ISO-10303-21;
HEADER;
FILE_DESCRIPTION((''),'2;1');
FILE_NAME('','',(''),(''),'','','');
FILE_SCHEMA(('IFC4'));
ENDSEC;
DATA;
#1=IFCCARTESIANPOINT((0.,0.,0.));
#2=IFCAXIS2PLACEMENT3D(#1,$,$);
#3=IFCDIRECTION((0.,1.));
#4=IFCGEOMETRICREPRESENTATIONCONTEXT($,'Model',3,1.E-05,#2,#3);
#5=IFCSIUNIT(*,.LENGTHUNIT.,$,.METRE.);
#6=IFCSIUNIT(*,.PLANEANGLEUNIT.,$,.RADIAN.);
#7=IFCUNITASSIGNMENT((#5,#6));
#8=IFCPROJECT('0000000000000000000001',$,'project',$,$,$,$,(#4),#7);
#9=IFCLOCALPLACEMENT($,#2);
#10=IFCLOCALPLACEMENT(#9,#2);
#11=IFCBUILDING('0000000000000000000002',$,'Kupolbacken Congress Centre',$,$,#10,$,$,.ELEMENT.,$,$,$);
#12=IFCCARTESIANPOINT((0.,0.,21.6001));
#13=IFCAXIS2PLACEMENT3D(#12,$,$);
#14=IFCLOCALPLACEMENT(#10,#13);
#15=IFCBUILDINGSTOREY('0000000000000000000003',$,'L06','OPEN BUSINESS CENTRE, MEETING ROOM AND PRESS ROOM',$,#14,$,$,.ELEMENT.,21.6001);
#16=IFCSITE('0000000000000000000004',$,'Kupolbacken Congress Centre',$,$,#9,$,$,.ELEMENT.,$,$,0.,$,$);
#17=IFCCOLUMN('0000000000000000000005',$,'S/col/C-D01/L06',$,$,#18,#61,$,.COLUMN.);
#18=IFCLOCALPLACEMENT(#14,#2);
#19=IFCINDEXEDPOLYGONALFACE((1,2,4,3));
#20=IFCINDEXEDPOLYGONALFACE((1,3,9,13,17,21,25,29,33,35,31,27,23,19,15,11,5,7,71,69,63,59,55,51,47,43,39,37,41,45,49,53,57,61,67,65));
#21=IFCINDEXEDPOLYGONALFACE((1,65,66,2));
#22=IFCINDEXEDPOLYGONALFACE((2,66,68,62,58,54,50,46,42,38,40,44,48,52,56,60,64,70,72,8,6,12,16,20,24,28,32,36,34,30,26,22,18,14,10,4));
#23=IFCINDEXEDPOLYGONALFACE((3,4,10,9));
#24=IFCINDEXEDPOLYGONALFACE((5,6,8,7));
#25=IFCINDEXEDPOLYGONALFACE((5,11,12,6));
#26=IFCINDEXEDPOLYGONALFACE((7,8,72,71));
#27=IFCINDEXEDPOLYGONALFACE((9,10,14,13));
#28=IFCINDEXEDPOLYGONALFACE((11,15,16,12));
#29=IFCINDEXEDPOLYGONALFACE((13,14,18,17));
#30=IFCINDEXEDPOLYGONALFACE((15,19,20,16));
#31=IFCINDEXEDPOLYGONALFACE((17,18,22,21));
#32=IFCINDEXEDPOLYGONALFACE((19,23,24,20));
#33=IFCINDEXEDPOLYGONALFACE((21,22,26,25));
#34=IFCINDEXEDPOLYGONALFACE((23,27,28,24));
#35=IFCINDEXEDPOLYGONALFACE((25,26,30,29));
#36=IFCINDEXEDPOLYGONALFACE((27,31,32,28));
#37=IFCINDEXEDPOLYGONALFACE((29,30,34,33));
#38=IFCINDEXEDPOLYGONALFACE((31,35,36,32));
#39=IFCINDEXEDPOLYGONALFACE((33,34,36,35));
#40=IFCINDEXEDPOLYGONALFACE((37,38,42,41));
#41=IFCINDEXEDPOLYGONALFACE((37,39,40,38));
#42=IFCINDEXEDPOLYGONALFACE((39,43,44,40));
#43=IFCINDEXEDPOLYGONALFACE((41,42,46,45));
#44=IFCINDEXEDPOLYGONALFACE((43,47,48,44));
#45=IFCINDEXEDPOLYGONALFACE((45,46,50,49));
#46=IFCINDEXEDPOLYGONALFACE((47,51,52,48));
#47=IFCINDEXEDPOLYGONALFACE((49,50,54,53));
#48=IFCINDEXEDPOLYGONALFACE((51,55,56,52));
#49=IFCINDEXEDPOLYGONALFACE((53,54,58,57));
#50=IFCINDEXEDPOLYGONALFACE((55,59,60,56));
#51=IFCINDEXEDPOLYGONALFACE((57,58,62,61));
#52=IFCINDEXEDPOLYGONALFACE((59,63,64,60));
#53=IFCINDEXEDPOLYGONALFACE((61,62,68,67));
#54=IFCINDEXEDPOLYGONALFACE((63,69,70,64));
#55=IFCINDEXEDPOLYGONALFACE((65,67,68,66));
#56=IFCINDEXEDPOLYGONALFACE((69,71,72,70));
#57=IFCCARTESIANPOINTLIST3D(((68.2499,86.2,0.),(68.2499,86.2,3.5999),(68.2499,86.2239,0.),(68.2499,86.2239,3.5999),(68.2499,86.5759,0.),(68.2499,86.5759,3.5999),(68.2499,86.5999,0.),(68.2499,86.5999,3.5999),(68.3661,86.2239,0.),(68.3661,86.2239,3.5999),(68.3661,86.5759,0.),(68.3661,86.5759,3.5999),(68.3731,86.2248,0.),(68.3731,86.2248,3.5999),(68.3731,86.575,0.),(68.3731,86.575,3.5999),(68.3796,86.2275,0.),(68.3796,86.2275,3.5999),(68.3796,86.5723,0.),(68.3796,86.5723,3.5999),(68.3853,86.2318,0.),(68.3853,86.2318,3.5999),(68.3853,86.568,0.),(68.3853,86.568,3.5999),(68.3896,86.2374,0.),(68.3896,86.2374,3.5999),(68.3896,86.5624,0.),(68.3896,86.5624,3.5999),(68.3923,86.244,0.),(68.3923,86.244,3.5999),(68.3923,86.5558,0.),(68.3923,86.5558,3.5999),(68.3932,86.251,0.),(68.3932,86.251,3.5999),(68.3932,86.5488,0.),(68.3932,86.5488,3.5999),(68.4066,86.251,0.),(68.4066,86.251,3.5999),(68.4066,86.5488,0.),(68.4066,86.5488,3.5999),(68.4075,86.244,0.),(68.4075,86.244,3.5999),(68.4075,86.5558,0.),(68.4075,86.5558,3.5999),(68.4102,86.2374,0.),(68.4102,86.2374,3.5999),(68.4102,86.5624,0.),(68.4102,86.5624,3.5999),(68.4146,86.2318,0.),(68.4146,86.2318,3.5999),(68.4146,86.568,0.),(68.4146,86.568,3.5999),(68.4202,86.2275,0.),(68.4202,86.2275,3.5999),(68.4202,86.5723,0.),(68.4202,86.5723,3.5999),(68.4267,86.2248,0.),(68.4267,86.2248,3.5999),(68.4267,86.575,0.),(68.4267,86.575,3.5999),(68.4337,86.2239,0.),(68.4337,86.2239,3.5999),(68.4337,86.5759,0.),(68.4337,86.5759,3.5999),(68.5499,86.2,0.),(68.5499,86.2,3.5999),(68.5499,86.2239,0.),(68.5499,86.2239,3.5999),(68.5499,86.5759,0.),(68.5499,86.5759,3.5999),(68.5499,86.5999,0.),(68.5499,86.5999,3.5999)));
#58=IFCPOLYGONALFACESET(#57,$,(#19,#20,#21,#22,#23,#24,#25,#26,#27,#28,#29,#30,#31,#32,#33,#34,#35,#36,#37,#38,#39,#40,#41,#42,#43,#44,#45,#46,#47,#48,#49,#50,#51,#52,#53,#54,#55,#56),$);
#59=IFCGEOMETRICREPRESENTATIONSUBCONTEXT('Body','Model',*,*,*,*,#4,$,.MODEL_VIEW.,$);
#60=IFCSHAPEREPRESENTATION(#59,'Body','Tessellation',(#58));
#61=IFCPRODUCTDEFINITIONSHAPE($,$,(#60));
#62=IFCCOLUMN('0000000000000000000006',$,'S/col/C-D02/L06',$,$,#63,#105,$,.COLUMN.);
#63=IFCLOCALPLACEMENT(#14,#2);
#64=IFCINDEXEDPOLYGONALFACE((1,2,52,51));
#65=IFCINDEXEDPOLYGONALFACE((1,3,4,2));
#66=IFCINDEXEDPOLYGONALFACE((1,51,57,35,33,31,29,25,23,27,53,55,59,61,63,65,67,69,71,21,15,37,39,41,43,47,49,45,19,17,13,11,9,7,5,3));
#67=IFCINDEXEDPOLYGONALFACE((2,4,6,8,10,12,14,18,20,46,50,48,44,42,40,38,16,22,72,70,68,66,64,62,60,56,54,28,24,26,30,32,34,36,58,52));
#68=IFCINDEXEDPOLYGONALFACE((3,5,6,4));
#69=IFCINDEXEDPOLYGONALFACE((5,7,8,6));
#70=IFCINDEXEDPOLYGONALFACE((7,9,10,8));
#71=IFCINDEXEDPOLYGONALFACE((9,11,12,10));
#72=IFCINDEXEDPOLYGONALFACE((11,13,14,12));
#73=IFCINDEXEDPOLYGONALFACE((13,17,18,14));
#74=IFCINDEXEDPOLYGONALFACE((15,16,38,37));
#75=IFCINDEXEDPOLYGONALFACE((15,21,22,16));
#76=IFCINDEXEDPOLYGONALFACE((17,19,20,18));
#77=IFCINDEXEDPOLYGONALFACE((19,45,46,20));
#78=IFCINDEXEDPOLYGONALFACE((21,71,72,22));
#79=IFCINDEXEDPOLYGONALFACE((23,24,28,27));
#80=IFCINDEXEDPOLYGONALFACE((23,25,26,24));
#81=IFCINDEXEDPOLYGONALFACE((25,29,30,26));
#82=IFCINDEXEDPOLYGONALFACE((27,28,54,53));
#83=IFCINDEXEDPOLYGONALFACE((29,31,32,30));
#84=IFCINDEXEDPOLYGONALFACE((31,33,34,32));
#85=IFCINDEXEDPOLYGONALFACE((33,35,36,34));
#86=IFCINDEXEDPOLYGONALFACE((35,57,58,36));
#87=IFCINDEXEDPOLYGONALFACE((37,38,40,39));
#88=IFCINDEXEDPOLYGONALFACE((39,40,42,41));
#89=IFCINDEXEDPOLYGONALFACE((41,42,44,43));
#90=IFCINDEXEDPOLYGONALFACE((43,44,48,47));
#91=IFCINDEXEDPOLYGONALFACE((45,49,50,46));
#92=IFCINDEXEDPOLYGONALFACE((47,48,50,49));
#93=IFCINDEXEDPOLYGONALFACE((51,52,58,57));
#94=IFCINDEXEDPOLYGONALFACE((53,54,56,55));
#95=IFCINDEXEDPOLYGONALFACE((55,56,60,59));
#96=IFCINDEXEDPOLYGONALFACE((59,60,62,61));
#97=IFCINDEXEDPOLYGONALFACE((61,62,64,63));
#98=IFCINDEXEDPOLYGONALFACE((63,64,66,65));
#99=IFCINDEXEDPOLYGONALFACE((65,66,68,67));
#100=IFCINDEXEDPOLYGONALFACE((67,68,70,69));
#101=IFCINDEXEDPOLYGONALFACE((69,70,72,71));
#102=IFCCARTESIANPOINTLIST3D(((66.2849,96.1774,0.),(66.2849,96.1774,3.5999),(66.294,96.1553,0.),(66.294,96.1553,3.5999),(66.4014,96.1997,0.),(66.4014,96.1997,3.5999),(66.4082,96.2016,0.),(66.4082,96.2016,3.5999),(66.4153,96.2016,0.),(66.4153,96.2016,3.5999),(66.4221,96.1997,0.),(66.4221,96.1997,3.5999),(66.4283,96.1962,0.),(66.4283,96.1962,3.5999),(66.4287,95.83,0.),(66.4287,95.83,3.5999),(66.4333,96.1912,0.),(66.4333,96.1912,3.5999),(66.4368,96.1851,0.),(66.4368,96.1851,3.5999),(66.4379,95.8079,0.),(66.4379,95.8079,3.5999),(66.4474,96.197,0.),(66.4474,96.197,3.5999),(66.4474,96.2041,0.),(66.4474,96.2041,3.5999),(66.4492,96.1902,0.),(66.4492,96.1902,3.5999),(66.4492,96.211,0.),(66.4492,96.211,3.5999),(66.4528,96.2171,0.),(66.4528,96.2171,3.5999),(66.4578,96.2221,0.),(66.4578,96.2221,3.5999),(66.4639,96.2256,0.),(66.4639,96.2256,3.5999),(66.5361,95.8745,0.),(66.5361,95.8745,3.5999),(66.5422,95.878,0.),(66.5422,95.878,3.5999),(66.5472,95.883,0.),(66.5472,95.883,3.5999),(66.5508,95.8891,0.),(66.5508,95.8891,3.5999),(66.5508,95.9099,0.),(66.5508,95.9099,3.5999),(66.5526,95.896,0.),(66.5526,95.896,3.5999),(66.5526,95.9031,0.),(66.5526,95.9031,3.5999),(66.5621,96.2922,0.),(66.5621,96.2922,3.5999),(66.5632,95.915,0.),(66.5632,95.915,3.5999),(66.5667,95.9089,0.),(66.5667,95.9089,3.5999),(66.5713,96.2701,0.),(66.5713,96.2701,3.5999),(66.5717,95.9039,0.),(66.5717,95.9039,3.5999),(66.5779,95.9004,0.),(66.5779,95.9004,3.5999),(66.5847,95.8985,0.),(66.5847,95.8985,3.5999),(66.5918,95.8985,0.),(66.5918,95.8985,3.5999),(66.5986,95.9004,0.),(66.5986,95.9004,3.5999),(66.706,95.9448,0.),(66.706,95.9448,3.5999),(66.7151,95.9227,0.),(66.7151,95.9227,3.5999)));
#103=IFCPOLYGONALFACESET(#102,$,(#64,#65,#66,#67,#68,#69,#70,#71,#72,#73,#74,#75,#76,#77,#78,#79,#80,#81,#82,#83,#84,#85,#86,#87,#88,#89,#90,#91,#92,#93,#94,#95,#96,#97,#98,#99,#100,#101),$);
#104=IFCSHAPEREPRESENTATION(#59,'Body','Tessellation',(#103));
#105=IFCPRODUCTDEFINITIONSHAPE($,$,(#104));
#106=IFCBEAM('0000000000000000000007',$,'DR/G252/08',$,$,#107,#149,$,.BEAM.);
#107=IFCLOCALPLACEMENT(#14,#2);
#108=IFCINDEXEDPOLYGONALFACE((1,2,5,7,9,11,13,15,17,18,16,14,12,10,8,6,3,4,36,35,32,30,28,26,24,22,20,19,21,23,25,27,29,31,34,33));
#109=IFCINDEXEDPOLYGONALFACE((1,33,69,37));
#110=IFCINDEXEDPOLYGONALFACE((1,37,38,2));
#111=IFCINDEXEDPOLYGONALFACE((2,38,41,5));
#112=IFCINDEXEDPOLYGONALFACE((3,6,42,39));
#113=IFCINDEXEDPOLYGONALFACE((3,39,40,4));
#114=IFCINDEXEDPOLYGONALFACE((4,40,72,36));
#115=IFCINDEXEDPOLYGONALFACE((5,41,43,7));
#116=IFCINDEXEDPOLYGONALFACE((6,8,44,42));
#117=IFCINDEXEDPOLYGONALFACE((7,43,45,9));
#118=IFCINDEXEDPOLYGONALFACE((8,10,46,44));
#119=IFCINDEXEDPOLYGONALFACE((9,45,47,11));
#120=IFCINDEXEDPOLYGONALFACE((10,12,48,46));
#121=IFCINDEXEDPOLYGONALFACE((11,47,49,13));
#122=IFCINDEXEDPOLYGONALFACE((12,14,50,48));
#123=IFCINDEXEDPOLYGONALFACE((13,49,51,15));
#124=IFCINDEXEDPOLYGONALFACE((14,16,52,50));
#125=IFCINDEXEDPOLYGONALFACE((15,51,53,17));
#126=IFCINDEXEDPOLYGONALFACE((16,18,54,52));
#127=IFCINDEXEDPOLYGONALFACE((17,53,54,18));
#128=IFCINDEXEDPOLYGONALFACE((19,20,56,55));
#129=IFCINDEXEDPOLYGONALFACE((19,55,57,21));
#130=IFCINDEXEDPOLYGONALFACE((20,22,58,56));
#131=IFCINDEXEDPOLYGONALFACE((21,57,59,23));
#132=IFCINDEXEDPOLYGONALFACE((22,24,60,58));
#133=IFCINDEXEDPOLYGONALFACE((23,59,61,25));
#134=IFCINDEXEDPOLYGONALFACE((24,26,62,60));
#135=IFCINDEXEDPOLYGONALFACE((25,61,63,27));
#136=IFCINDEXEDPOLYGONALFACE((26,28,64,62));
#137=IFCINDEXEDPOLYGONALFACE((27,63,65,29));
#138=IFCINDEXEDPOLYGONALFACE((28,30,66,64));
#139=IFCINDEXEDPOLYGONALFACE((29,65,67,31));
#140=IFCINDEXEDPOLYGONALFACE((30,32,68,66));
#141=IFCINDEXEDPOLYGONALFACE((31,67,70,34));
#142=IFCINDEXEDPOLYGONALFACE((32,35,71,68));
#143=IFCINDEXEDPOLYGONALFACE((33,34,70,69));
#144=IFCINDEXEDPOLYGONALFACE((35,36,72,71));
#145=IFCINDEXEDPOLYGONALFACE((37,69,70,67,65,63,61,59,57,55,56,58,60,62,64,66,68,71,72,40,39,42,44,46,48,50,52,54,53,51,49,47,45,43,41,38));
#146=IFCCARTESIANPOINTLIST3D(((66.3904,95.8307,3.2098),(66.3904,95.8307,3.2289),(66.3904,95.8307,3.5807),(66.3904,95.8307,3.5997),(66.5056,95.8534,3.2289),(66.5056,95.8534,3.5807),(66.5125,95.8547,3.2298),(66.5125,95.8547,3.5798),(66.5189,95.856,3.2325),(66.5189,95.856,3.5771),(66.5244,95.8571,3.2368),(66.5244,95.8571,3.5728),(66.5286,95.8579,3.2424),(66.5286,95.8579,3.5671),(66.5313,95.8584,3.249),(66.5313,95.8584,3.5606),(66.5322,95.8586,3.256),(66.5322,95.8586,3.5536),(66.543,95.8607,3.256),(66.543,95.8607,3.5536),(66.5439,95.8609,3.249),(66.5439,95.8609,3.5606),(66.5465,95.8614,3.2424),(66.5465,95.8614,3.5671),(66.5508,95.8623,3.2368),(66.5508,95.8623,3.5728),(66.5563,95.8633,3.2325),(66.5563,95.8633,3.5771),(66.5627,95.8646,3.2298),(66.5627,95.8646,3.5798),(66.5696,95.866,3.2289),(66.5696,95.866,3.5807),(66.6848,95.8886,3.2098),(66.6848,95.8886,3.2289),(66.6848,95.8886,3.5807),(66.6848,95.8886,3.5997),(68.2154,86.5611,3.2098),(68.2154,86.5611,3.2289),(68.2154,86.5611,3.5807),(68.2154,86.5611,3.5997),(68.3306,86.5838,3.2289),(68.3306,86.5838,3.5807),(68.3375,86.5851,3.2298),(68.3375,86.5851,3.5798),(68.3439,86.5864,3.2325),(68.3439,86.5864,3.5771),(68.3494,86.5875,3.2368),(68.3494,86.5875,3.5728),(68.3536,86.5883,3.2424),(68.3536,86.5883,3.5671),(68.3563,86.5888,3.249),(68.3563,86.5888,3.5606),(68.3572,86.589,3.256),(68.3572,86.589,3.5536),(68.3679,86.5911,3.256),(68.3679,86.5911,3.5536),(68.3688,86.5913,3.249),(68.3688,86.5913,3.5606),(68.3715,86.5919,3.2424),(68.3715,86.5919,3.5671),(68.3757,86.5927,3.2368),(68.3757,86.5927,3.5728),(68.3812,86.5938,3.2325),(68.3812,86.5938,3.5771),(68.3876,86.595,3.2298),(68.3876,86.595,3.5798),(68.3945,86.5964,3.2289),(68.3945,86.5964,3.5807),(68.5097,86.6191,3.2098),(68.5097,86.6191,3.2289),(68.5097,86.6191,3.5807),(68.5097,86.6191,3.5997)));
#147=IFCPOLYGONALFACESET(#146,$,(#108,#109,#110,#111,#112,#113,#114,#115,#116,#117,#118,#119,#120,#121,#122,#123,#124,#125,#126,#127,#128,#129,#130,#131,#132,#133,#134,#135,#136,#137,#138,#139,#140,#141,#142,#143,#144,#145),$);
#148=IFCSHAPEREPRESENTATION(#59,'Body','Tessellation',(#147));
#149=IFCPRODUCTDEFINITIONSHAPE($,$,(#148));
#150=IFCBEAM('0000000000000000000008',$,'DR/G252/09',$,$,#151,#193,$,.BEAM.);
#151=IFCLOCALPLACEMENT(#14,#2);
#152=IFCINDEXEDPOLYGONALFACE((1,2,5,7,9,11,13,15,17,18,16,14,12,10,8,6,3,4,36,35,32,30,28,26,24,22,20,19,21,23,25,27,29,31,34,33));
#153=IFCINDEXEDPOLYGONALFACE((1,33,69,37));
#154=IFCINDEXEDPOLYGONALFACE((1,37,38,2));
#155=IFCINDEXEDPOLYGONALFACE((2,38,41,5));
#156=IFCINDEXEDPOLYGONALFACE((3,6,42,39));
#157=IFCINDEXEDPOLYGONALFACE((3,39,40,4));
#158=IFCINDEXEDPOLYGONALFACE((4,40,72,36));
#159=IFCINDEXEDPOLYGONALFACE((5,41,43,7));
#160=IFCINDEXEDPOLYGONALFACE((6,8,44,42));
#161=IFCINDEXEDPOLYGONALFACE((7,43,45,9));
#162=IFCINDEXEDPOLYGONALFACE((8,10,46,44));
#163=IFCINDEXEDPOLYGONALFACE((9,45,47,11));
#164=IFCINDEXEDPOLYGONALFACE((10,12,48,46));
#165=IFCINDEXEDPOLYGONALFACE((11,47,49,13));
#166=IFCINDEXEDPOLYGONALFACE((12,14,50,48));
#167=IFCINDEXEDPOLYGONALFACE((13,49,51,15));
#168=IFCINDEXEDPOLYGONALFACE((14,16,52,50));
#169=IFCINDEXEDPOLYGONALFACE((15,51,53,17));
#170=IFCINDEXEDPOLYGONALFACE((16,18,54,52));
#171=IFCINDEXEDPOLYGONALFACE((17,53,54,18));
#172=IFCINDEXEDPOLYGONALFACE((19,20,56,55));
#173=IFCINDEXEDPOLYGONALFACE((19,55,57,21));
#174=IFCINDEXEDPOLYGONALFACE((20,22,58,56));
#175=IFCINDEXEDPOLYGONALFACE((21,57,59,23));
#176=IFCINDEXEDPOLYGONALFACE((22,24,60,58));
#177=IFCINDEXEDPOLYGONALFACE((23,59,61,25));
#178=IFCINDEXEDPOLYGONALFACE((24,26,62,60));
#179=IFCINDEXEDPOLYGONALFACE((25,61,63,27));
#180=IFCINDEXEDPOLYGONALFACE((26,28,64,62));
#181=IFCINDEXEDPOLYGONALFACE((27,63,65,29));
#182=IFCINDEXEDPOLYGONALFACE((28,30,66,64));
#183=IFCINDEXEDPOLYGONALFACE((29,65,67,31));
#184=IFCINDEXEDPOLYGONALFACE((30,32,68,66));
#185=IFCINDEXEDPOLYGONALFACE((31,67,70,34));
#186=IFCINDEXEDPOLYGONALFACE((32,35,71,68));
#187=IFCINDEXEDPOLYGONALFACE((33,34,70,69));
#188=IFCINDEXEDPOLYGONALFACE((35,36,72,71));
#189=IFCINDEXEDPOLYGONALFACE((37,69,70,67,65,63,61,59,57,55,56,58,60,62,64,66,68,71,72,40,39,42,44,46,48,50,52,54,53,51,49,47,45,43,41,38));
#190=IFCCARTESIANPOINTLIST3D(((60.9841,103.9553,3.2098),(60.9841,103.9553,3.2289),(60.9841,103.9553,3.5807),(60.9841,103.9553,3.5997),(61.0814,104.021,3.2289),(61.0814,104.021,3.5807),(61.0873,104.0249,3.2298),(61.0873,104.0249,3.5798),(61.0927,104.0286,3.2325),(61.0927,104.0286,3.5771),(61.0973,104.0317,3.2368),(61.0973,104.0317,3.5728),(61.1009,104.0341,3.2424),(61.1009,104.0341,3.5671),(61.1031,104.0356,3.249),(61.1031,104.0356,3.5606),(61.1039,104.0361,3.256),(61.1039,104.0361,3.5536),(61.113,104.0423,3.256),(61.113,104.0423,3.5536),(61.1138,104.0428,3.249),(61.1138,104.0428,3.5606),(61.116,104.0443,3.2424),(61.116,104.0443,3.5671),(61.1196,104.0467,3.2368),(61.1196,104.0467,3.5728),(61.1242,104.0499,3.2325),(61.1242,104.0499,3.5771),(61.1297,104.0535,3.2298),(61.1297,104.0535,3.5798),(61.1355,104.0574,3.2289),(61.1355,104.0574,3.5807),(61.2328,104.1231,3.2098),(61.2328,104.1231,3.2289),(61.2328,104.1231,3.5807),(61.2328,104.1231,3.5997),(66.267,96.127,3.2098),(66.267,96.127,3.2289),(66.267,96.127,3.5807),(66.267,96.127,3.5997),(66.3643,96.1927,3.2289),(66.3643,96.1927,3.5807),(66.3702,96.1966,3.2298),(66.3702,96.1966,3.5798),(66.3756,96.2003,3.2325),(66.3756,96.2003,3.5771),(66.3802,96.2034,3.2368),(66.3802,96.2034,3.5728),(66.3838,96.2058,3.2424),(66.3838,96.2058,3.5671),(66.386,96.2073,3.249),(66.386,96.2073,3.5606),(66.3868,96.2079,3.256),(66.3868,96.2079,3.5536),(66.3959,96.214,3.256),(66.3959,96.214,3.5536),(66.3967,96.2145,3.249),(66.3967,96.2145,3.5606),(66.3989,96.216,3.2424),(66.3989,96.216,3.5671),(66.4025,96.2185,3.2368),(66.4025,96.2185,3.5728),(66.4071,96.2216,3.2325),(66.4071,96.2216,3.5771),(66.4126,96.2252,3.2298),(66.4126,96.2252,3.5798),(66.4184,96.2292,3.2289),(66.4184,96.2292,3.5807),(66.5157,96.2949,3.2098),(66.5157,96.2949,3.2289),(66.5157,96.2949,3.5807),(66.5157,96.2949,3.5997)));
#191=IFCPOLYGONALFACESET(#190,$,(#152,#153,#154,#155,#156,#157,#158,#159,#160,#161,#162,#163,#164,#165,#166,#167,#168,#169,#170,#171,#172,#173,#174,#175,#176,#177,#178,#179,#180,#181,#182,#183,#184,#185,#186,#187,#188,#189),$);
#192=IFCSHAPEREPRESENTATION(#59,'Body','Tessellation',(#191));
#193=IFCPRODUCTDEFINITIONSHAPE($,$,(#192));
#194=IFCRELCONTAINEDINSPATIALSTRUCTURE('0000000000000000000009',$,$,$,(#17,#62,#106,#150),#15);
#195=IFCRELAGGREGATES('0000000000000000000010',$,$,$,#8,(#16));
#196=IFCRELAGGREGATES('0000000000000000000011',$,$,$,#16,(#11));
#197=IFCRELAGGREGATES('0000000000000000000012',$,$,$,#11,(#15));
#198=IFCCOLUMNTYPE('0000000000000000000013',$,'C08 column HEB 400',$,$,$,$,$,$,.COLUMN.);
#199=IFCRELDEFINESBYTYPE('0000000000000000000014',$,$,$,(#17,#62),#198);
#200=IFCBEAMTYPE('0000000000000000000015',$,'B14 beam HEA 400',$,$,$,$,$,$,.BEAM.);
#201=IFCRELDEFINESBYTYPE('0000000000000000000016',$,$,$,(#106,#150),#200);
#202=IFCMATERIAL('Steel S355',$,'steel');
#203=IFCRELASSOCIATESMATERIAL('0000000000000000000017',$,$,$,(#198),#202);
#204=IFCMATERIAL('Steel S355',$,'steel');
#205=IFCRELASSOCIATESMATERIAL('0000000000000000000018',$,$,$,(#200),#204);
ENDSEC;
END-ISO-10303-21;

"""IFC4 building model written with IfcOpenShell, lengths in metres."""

from ifc_helpers import new_model, si_unit, direction, frame, origin, origin_2d, place, context, subcontext, project, spatial, i_section, extrude, material, material_profile, profile_set, type_object, element, save


model = new_model("IFC4")

# Units and contexts
model_context = context("Model", 3, precision=1e-05, world=origin(), true_north=direction((0.0, 1.0)))
body_context = subcontext(model_context, "Body", "Model", "MODEL_VIEW")
ifc_project = project(units=[si_unit("LENGTHUNIT", "METRE"), si_unit("PLANEANGLEUNIT", "RADIAN")], contexts=[model_context])

# Site, building, storey
site_placement = place(None, origin())
site = spatial("IfcSite", under=ifc_project, at=site_placement, Name="Kupolbacken Congress Centre", CompositionType="ELEMENT", RefElevation=0.0)
building_placement = place(site_placement, origin())
building = spatial("IfcBuilding", under=site, at=building_placement, Name="Kupolbacken Congress Centre", CompositionType="ELEMENT")
storey_placement = place(building_placement, frame((0.0, 0.0, 21.6001)))
storey = spatial("IfcBuildingStorey", under=building, at=storey_placement, Name="L06", Description="OPEN BUSINESS CENTRE, MEETING ROOM AND PRESS ROOM", CompositionType="ELEMENT", Elevation=21.6001)

# Columns
ifc_material_1 = material(Name="Steel S355", Category="steel")
ifc_material_profile_1 = material_profile(ifc_material_1, i_section(OverallWidth=0.3, OverallDepth=0.3999, WebThickness=0.0134, FlangeThickness=0.0239, FilletRadius=0.0271, at=origin_2d()), Name="HEB 400")
ifc_profile_set_1 = profile_set([ifc_material_profile_1], Name="Steel S355")
column_type = type_object("IfcColumnType", Name="C08 column HEB 400", PredefinedType="COLUMN", material=ifc_profile_set_1)
for number, where, z_axis, x_axis, name in (
    (1, (68.3999, 86.3999, 0.0), (0.0, 0.0, 1.0), (1.0, 0.0, 0.0), "S/col/C-D01/L06"),
    (2, (66.5, 96.05, 0.0), (0.0, 0.0, 1.0), (0.923896, 0.382644, 0.0), "S/col/C-D02/L06"),
):
    element("IfcColumn", number, at=place(storey_placement, frame(where, z_axis=z_axis, x_axis=x_axis)), inside=storey, type_object=column_type, Name=name, PredefinedType="COLUMN", context=body_context, shape_type="SweptSolid", body=[
        extrude(i_section(OverallWidth=0.3, OverallDepth=0.3999, WebThickness=0.0134, FlangeThickness=0.0239, FilletRadius=0.0271, at=origin_2d()), origin(), (0.0, 0.0, 1.0), 3.5999),
    ])

# Beams
ifc_material_2 = material(Name="Steel S355", Category="steel")
ifc_material_profile_2 = material_profile(ifc_material_2, i_section(OverallWidth=0.3, OverallDepth=0.3899, WebThickness=0.011, FlangeThickness=0.019, FilletRadius=0.0271, at=origin_2d()), Name="HEA 400")
ifc_profile_set_2 = profile_set([ifc_material_profile_2], Name="Steel S355")
beam_type = type_object("IfcBeamType", Name="B14 beam HEA 400", PredefinedType="BEAM", material=ifc_profile_set_2)
beam_1_placement = place(storey_placement, frame((68.3625, 86.5901, 3.4048), z_axis=(-0.193168, 0.981166, 0.0), x_axis=(-0.981166, -0.193168, 0.0)))
element("IfcBeam", 3, at=beam_1_placement, inside=storey, type_object=beam_type, Name="DR/G252/08", PredefinedType="BEAM", context=body_context, shape_type="SweptSolid", body=[
    extrude(i_section(OverallWidth=0.3, OverallDepth=0.3899, WebThickness=0.011, FlangeThickness=0.019, FilletRadius=0.0271, at=origin_2d()), origin(), (0.0, 0.0, 1.0), 9.4475),
])
beam_2_placement = place(storey_placement, frame((66.3914, 96.2109, 3.4048), z_axis=(-0.559386, 0.828907, 0.0), x_axis=(-0.828907, -0.559386, 0.0)))
element("IfcBeam", 4, at=beam_2_placement, inside=storey, type_object=beam_type, Name="DR/G252/09", PredefinedType="BEAM", context=body_context, shape_type="SweptSolid", body=[
    extrude(i_section(OverallWidth=0.3, OverallDepth=0.3899, WebThickness=0.011, FlangeThickness=0.019, FilletRadius=0.0271, at=origin_2d()), origin(), (0.0, 0.0, 1.0), 9.4441),
])

save(model, "model.ifc")
